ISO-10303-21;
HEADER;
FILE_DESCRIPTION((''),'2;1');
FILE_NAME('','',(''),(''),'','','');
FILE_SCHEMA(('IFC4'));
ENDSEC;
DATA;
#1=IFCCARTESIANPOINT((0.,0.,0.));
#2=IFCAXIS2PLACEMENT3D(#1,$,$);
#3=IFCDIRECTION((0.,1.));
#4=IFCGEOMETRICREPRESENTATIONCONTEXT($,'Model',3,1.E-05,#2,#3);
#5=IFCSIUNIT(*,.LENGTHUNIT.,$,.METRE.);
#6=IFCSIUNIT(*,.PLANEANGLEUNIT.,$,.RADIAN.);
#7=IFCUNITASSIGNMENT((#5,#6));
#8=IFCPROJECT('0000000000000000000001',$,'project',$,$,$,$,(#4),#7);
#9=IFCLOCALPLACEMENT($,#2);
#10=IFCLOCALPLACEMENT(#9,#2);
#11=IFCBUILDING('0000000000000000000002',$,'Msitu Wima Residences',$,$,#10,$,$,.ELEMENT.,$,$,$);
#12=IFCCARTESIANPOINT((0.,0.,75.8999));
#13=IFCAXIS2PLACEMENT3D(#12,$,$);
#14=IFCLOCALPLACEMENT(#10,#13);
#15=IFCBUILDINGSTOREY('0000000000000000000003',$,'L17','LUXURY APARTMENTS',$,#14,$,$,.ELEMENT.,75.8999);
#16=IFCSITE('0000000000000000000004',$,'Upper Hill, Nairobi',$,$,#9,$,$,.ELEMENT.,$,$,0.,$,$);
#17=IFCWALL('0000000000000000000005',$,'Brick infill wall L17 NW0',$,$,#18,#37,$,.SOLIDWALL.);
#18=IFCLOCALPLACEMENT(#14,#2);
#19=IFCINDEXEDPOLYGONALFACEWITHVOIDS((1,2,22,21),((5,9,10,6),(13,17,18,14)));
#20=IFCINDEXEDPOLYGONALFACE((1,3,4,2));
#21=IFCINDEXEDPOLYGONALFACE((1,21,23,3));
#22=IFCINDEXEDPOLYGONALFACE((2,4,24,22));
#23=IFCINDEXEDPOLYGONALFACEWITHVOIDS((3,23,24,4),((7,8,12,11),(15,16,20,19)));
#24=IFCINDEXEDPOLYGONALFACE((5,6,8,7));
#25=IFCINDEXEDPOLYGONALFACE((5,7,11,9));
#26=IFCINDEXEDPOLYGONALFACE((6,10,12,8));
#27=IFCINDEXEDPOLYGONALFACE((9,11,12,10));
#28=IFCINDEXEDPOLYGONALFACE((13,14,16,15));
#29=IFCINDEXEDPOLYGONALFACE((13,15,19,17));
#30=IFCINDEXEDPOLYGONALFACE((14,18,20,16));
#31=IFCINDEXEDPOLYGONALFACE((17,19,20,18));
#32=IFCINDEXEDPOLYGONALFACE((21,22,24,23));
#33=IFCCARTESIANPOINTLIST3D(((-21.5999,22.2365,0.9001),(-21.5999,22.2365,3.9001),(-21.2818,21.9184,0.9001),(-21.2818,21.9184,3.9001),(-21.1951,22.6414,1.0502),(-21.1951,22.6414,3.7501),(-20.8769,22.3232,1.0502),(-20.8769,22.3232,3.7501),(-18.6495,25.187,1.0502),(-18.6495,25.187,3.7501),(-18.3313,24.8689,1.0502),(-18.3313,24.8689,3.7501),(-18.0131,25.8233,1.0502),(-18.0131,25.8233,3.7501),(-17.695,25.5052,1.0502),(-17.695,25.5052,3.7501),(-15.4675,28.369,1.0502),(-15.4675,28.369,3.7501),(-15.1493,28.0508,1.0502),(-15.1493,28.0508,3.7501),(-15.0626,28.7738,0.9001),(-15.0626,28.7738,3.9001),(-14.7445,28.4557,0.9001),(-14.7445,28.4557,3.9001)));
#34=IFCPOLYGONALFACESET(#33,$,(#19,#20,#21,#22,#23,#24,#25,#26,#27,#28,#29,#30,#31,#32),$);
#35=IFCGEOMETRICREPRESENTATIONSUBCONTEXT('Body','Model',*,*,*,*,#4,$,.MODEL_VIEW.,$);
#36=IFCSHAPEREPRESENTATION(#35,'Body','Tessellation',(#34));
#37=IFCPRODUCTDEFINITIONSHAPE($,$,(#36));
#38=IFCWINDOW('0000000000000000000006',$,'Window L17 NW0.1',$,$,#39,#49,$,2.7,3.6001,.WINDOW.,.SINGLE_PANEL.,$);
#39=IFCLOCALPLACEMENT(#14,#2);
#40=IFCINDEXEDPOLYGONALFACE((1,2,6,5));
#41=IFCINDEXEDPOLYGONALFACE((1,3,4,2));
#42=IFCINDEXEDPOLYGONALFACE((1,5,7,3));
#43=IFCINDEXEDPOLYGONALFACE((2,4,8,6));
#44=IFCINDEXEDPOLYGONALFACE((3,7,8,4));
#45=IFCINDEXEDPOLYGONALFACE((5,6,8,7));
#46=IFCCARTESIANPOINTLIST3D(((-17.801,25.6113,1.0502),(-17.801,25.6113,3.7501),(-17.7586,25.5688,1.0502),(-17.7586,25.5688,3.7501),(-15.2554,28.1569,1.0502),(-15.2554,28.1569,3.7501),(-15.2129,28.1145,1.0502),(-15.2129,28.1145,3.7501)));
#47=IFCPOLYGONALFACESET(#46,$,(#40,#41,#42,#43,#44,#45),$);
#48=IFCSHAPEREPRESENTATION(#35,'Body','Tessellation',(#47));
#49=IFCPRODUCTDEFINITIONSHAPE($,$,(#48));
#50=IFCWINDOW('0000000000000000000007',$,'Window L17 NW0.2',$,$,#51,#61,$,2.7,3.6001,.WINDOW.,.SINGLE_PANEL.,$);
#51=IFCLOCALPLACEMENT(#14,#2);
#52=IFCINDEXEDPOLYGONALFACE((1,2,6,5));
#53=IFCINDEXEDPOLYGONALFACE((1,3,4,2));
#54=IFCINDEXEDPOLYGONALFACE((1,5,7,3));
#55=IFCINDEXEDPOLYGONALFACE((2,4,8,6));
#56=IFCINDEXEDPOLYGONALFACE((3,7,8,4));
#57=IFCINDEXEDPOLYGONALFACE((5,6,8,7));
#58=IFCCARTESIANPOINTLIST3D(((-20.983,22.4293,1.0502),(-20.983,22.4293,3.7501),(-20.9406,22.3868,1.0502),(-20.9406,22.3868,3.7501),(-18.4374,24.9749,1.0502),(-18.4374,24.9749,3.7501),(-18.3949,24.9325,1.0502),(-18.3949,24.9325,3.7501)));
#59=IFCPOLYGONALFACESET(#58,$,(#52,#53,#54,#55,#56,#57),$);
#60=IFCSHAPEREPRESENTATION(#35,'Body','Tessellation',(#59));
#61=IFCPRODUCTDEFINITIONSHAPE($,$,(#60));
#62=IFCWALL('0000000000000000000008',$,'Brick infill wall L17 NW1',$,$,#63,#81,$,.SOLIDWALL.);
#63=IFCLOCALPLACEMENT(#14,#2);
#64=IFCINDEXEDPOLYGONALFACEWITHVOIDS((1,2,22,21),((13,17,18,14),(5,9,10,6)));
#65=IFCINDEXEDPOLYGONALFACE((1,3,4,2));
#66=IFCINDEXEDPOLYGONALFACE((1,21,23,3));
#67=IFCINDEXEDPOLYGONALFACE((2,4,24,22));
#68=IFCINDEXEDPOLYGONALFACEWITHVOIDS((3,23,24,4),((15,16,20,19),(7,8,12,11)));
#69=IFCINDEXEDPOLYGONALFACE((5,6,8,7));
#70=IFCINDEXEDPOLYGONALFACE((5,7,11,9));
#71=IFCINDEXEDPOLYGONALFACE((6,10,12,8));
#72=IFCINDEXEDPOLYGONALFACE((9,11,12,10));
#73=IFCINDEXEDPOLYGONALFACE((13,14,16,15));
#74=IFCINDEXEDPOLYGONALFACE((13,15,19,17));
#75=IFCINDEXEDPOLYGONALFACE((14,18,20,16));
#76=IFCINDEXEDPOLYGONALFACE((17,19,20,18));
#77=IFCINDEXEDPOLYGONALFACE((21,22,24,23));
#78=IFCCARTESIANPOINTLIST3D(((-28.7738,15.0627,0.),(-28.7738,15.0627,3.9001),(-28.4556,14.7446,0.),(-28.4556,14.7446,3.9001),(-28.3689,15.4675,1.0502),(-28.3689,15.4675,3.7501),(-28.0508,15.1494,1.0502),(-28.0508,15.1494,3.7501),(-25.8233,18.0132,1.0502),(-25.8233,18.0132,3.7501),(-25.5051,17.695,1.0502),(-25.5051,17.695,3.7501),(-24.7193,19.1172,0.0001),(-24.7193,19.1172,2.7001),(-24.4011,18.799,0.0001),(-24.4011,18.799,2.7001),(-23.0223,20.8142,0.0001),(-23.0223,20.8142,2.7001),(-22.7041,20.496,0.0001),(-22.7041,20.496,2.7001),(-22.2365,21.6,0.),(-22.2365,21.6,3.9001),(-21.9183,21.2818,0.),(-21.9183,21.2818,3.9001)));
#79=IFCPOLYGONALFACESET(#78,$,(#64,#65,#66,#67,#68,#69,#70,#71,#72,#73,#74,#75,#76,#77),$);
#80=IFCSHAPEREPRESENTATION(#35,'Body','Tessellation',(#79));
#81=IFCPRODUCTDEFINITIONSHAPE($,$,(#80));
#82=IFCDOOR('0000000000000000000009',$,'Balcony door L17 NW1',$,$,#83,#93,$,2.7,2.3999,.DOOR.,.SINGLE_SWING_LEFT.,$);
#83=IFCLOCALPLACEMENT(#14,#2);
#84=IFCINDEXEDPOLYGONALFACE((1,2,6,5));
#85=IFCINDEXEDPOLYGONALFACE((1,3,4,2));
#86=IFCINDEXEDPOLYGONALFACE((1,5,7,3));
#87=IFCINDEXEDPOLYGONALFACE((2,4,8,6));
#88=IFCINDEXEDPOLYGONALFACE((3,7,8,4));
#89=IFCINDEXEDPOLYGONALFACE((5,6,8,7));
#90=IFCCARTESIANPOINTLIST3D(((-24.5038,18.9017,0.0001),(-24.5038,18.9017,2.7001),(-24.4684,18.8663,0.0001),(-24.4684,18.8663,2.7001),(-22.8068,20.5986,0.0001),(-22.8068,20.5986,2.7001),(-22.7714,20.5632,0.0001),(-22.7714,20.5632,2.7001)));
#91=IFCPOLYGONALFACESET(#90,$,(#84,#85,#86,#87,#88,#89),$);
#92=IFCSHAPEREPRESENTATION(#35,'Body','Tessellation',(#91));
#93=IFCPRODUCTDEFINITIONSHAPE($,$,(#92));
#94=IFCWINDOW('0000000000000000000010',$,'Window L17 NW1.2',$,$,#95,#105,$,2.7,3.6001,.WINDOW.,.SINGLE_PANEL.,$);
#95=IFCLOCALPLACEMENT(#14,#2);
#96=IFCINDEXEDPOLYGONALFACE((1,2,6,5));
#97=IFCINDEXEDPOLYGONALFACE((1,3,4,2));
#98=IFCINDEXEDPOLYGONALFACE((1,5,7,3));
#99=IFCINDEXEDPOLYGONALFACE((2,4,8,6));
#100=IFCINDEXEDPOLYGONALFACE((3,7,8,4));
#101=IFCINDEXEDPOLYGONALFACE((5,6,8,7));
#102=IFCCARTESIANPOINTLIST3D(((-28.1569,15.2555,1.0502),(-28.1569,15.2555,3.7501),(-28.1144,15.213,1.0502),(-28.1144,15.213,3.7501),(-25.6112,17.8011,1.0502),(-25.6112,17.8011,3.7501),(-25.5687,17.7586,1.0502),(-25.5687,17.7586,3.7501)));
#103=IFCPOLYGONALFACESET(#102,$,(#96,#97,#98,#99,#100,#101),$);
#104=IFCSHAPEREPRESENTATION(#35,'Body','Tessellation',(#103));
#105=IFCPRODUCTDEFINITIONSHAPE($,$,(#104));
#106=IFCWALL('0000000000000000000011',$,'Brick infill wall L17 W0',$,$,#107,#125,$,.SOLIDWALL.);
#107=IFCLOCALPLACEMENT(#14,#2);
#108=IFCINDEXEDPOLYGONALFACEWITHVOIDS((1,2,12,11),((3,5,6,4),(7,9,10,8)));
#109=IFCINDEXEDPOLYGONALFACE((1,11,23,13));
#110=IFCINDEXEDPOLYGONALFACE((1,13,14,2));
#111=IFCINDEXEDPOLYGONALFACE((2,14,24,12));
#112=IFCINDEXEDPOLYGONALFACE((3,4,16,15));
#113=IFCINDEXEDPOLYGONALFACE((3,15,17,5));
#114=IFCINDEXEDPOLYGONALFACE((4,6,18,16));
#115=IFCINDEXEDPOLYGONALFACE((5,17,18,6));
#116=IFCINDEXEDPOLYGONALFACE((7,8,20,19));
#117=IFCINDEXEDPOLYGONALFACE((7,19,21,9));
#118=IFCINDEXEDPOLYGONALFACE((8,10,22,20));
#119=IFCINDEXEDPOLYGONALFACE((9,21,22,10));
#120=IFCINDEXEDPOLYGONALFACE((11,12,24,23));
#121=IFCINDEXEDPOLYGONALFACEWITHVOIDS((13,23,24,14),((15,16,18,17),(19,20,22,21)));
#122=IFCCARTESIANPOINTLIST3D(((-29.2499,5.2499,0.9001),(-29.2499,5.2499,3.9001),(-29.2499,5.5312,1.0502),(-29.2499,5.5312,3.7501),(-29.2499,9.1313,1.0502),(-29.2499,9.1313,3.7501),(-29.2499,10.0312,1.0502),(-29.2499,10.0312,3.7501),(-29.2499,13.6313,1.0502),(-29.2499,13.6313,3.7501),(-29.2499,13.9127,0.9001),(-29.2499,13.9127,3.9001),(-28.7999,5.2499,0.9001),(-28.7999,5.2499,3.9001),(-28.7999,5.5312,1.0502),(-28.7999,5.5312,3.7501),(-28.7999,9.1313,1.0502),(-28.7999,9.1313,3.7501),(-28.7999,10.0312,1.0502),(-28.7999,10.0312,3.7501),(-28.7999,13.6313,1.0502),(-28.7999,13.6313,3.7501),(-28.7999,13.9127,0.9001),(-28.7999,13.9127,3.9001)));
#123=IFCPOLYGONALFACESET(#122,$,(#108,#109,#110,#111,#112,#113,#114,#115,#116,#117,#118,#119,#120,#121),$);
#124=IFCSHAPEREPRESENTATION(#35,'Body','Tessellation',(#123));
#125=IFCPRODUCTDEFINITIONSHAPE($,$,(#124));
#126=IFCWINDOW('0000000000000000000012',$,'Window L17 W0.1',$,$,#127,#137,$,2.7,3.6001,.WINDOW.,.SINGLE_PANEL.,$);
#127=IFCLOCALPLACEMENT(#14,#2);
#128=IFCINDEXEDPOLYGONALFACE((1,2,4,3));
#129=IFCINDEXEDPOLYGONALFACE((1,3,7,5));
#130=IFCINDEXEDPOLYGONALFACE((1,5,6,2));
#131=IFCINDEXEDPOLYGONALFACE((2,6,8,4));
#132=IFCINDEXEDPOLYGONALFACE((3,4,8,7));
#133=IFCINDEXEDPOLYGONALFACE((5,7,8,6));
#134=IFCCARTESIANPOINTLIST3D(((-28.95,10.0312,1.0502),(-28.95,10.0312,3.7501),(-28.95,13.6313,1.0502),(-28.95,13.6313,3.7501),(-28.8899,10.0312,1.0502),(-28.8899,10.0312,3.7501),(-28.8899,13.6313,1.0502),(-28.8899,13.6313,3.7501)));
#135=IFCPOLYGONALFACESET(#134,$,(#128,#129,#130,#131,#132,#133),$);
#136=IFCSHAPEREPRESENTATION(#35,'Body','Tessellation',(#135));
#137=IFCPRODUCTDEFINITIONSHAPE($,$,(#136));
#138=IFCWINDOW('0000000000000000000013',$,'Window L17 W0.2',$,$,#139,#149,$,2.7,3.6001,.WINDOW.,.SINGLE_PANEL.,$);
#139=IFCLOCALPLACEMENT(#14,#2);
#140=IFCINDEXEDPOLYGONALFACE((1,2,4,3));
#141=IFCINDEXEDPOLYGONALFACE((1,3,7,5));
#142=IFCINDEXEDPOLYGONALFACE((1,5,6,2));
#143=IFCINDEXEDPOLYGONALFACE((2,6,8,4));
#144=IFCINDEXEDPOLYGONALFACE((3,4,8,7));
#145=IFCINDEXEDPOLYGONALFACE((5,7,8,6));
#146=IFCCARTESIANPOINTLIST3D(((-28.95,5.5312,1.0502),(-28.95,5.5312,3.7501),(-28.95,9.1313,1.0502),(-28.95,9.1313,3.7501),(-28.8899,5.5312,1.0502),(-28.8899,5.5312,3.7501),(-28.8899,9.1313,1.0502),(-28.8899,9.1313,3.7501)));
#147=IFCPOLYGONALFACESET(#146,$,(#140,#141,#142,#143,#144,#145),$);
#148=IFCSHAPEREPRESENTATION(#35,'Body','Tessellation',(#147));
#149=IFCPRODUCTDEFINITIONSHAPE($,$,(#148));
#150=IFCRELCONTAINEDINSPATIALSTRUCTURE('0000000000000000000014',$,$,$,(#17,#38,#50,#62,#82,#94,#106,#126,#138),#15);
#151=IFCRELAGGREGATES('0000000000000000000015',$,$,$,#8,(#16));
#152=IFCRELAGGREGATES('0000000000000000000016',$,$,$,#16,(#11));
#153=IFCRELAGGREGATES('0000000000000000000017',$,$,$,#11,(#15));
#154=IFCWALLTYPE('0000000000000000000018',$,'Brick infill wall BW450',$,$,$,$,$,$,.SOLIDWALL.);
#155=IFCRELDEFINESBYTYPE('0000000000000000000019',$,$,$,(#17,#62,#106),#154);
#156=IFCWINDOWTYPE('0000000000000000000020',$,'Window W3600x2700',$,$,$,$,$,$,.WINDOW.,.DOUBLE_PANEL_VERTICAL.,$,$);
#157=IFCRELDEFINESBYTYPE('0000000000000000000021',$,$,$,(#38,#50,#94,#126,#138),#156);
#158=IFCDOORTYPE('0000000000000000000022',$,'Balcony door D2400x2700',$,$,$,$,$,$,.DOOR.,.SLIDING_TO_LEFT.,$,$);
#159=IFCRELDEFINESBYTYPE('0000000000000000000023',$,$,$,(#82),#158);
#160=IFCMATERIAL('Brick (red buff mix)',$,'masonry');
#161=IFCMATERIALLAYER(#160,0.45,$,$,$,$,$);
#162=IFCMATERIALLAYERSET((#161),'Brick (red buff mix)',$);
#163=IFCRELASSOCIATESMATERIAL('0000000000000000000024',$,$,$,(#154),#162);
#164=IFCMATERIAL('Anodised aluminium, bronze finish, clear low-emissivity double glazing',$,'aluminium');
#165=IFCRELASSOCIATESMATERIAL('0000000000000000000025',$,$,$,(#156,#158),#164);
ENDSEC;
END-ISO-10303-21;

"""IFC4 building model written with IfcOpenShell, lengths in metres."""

from ifc_helpers import new_model, si_unit, direction, frame, frame_2d, origin, place, context, subcontext, project, spatial, rectangle, extrude, material, layer, layer_set, type_object, element, fill, save


model = new_model("IFC4")

# Units and contexts
model_context = context("Model", 3, precision=1e-05, world=origin(), true_north=direction((0.0, 1.0)))
body_context = subcontext(model_context, "Body", "Model", "MODEL_VIEW")
ifc_project = project(units=[si_unit("LENGTHUNIT", "METRE"), si_unit("PLANEANGLEUNIT", "RADIAN")], contexts=[model_context])

# Site, building, storey
site_placement = place(None, origin())
site = spatial("IfcSite", under=ifc_project, at=site_placement, Name="Upper Hill, Nairobi", CompositionType="ELEMENT", RefElevation=0.0)
building_placement = place(site_placement, origin())
building = spatial("IfcBuilding", under=site, at=building_placement, Name="Msitu Wima Residences", CompositionType="ELEMENT")
storey_placement = place(building_placement, frame((0.0, 0.0, 75.8999)))
storey = spatial("IfcBuildingStorey", under=building, at=storey_placement, Name="L17", Description="LUXURY APARTMENTS", CompositionType="ELEMENT", Elevation=75.8999)

# Wall, openings, windows
ifc_material_1 = material(Name="Brick (red buff mix)", Category="masonry")
ifc_layer_1 = layer(ifc_material_1, 0.45)
ifc_layer_set_1 = layer_set([ifc_layer_1], Name="Brick (red buff mix)")
wall_type_1 = type_object("IfcWallType", Name="Brick infill wall BW450", PredefinedType="SOLIDWALL", material=ifc_layer_set_1)
wall_1_placement = place(storey_placement, frame((-14.9036, 28.6147, 0.9001), z_axis=(0.0, 0.0, 1.0), x_axis=(-0.707107, -0.707107, 0.0)))
wall_1 = element("IfcWall", 1, at=wall_1_placement, inside=storey, type_object=wall_type_1, Name="Brick infill wall L17 NW0", PredefinedType="SOLIDWALL", context=body_context, shape_type="SweptSolid", body=[
    extrude(rectangle(XDim=9.2451, YDim=0.45, at=frame_2d((4.6226, 0.0))), origin(), (0.0, 0.0, 1.0), 3.0),
])
opening_1_placement = place(wall_1_placement, frame((0.5725, 0.0, 0.1499)))
opening_1 = element("IfcOpeningElement", 2, at=opening_1_placement, cuts=wall_1, PredefinedType="OPENING", context=body_context, shape_type="SweptSolid", body=[
    extrude(rectangle(XDim=3.6001, YDim=2.7, at=frame_2d((1.8, 1.3501))), frame((0.0, 0.2349, 0.0), z_axis=(0.0, -1.0, 0.0), x_axis=(1.0, 0.0, 0.0)), (0.0, 0.0, 1.0), 0.47),
])
opening_2_placement = place(wall_1_placement, frame((5.0725, 0.0, 0.1499)))
opening_2 = element("IfcOpeningElement", 3, at=opening_2_placement, cuts=wall_1, PredefinedType="OPENING", context=body_context, shape_type="SweptSolid", body=[
    extrude(rectangle(XDim=3.6001, YDim=2.7, at=frame_2d((1.8, 1.3501))), frame((0.0, 0.2349, 0.0), z_axis=(0.0, -1.0, 0.0), x_axis=(1.0, 0.0, 0.0)), (0.0, 0.0, 1.0), 0.47),
])
ifc_material_2 = material(Name="Anodised aluminium, bronze finish, clear low-emissivity double glazing", Category="aluminium")
window_type = type_object("IfcWindowType", Name="Window W3600x2700", PartitioningType="DOUBLE_PANEL_VERTICAL", PredefinedType="WINDOW", material=ifc_material_2)
window_1_placement = place(opening_1_placement, origin())
window_1 = element("IfcWindow", 4, at=window_1_placement, inside=storey, type_object=window_type, Name="Window L17 NW0.1", OverallHeight=2.7, OverallWidth=3.6001, PartitioningType="SINGLE_PANEL", PredefinedType="WINDOW", context=body_context, shape_type="SweptSolid", body=[
    extrude(rectangle(XDim=3.6001, YDim=2.7, at=frame_2d((1.8, 1.3501))), frame((0.0, 0.135, 0.0), z_axis=(0.0, -1.0, 0.0), x_axis=(1.0, 0.0, 0.0)), (0.0, 0.0, 1.0), 0.0601),
])
fill(opening_1, window_1)
window_2_placement = place(opening_2_placement, origin())
window_2 = element("IfcWindow", 5, at=window_2_placement, inside=storey, type_object=window_type, Name="Window L17 NW0.2", OverallHeight=2.7, OverallWidth=3.6001, PartitioningType="SINGLE_PANEL", PredefinedType="WINDOW", context=body_context, shape_type="SweptSolid", body=[
    extrude(rectangle(XDim=3.6001, YDim=2.7, at=frame_2d((1.8, 1.3501))), frame((0.0, 0.135, 0.0), z_axis=(0.0, -1.0, 0.0), x_axis=(1.0, 0.0, 0.0)), (0.0, 0.0, 1.0), 0.0601),
])
fill(opening_2, window_2)

# Wall, openings, door, window
wall_2_placement = place(storey_placement, frame((-22.0774, 21.4409, 0.0), z_axis=(0.0, 0.0, 1.0), x_axis=(-0.707107, -0.707107, 0.0)))
wall_2 = element("IfcWall", 6, at=wall_2_placement, inside=storey, type_object=wall_type_1, Name="Brick infill wall L17 NW1", PredefinedType="SOLIDWALL", context=body_context, shape_type="SweptSolid", body=[
    extrude(rectangle(XDim=9.2451, YDim=0.45, at=frame_2d((4.6226, 0.0))), origin(), (0.0, 0.0, 1.0), 3.9001),
])
opening_3_placement = place(wall_2_placement, frame((1.1113, 0.0, 0.0)))
opening_3 = element("IfcOpeningElement", 7, at=opening_3_placement, cuts=wall_2, PredefinedType="OPENING", context=body_context, shape_type="SweptSolid", body=[
    extrude(rectangle(XDim=2.3999, YDim=2.7, at=frame_2d((1.2, 1.3501))), frame((0.0, 0.2349, 0.0), z_axis=(0.0, -1.0, 0.0), x_axis=(1.0, 0.0, 0.0)), (0.0, 0.0, 1.0), 0.47),
])
opening_4_placement = place(wall_2_placement, frame((5.0725, 0.0, 1.05)))
opening_4 = element("IfcOpeningElement", 8, at=opening_4_placement, cuts=wall_2, PredefinedType="OPENING", context=body_context, shape_type="SweptSolid", body=[
    extrude(rectangle(XDim=3.6001, YDim=2.7, at=frame_2d((1.8, 1.3501))), frame((0.0, 0.2349, 0.0), z_axis=(0.0, -1.0, 0.0), x_axis=(1.0, 0.0, 0.0)), (0.0, 0.0, 1.0), 0.47),
])
door_type_1 = type_object("IfcDoorType", Name="Balcony door D2400x2700", OperationType="SLIDING_TO_LEFT", PredefinedType="DOOR", material=ifc_material_2)
door_1_placement = place(opening_3_placement, origin())
door_1 = element("IfcDoor", 9, at=door_1_placement, inside=storey, type_object=door_type_1, Name="Balcony door L17 NW1", OperationType="SINGLE_SWING_LEFT", OverallHeight=2.7, OverallWidth=2.3999, PredefinedType="DOOR", context=body_context, shape_type="SweptSolid", body=[
    extrude(rectangle(XDim=2.3999, YDim=2.7, at=frame_2d((1.2, 1.3501))), frame((0.0, 0.1299, 0.0), z_axis=(0.0, -1.0, 0.0), x_axis=(1.0, 0.0, 0.0)), (0.0, 0.0, 1.0), 0.05),
])
fill(opening_3, door_1)
window_3_placement = place(opening_4_placement, origin())
window_3 = element("IfcWindow", 10, at=window_3_placement, inside=storey, type_object=window_type, Name="Window L17 NW1.2", OverallHeight=2.7, OverallWidth=3.6001, PartitioningType="SINGLE_PANEL", PredefinedType="WINDOW", context=body_context, shape_type="SweptSolid", body=[
    extrude(rectangle(XDim=3.6001, YDim=2.7, at=frame_2d((1.8, 1.3501))), frame((0.0, 0.135, 0.0), z_axis=(0.0, -1.0, 0.0), x_axis=(1.0, 0.0, 0.0)), (0.0, 0.0, 1.0), 0.0601),
])
fill(opening_4, window_3)

# Wall, openings, windows
wall_3_placement = place(storey_placement, frame((-29.0249, 13.9128, 0.9001), z_axis=(0.0, 0.0, 1.0), x_axis=(0.0, -1.0, 0.0)))
wall_3 = element("IfcWall", 11, at=wall_3_placement, inside=storey, type_object=wall_type_1, Name="Brick infill wall L17 W0", PredefinedType="SOLIDWALL", context=body_context, shape_type="SweptSolid", body=[
    extrude(rectangle(XDim=8.6628, YDim=0.45, at=frame_2d((4.3315, 0.0))), origin(), (0.0, 0.0, 1.0), 3.0),
])
opening_5_placement = place(wall_3_placement, frame((0.2815, 0.0, 0.1499)))
opening_5 = element("IfcOpeningElement", 12, at=opening_5_placement, cuts=wall_3, PredefinedType="OPENING", context=body_context, shape_type="SweptSolid", body=[
    extrude(rectangle(XDim=3.6001, YDim=2.7, at=frame_2d((1.8, 1.3501))), frame((0.0, 0.2349, 0.0), z_axis=(0.0, -1.0, 0.0), x_axis=(1.0, 0.0, 0.0)), (0.0, 0.0, 1.0), 0.47),
])
opening_6_placement = place(wall_3_placement, frame((4.7815, 0.0, 0.1499)))
opening_6 = element("IfcOpeningElement", 13, at=opening_6_placement, cuts=wall_3, PredefinedType="OPENING", context=body_context, shape_type="SweptSolid", body=[
    extrude(rectangle(XDim=3.6001, YDim=2.7, at=frame_2d((1.8, 1.3501))), frame((0.0, 0.2349, 0.0), z_axis=(0.0, -1.0, 0.0), x_axis=(1.0, 0.0, 0.0)), (0.0, 0.0, 1.0), 0.47),
])
window_4_placement = place(opening_5_placement, origin())
window_4 = element("IfcWindow", 14, at=window_4_placement, inside=storey, type_object=window_type, Name="Window L17 W0.1", OverallHeight=2.7, OverallWidth=3.6001, PartitioningType="SINGLE_PANEL", PredefinedType="WINDOW", context=body_context, shape_type="SweptSolid", body=[
    extrude(rectangle(XDim=3.6001, YDim=2.7, at=frame_2d((1.8, 1.3501))), frame((0.0, 0.135, 0.0), z_axis=(0.0, -1.0, 0.0), x_axis=(1.0, 0.0, 0.0)), (0.0, 0.0, 1.0), 0.0601),
])
fill(opening_5, window_4)
window_5_placement = place(opening_6_placement, origin())
window_5 = element("IfcWindow", 15, at=window_5_placement, inside=storey, type_object=window_type, Name="Window L17 W0.2", OverallHeight=2.7, OverallWidth=3.6001, PartitioningType="SINGLE_PANEL", PredefinedType="WINDOW", context=body_context, shape_type="SweptSolid", body=[
    extrude(rectangle(XDim=3.6001, YDim=2.7, at=frame_2d((1.8, 1.3501))), frame((0.0, 0.135, 0.0), z_axis=(0.0, -1.0, 0.0), x_axis=(1.0, 0.0, 0.0)), (0.0, 0.0, 1.0), 0.0601),
])
fill(opening_6, window_5)

save(model, "model.ifc")
